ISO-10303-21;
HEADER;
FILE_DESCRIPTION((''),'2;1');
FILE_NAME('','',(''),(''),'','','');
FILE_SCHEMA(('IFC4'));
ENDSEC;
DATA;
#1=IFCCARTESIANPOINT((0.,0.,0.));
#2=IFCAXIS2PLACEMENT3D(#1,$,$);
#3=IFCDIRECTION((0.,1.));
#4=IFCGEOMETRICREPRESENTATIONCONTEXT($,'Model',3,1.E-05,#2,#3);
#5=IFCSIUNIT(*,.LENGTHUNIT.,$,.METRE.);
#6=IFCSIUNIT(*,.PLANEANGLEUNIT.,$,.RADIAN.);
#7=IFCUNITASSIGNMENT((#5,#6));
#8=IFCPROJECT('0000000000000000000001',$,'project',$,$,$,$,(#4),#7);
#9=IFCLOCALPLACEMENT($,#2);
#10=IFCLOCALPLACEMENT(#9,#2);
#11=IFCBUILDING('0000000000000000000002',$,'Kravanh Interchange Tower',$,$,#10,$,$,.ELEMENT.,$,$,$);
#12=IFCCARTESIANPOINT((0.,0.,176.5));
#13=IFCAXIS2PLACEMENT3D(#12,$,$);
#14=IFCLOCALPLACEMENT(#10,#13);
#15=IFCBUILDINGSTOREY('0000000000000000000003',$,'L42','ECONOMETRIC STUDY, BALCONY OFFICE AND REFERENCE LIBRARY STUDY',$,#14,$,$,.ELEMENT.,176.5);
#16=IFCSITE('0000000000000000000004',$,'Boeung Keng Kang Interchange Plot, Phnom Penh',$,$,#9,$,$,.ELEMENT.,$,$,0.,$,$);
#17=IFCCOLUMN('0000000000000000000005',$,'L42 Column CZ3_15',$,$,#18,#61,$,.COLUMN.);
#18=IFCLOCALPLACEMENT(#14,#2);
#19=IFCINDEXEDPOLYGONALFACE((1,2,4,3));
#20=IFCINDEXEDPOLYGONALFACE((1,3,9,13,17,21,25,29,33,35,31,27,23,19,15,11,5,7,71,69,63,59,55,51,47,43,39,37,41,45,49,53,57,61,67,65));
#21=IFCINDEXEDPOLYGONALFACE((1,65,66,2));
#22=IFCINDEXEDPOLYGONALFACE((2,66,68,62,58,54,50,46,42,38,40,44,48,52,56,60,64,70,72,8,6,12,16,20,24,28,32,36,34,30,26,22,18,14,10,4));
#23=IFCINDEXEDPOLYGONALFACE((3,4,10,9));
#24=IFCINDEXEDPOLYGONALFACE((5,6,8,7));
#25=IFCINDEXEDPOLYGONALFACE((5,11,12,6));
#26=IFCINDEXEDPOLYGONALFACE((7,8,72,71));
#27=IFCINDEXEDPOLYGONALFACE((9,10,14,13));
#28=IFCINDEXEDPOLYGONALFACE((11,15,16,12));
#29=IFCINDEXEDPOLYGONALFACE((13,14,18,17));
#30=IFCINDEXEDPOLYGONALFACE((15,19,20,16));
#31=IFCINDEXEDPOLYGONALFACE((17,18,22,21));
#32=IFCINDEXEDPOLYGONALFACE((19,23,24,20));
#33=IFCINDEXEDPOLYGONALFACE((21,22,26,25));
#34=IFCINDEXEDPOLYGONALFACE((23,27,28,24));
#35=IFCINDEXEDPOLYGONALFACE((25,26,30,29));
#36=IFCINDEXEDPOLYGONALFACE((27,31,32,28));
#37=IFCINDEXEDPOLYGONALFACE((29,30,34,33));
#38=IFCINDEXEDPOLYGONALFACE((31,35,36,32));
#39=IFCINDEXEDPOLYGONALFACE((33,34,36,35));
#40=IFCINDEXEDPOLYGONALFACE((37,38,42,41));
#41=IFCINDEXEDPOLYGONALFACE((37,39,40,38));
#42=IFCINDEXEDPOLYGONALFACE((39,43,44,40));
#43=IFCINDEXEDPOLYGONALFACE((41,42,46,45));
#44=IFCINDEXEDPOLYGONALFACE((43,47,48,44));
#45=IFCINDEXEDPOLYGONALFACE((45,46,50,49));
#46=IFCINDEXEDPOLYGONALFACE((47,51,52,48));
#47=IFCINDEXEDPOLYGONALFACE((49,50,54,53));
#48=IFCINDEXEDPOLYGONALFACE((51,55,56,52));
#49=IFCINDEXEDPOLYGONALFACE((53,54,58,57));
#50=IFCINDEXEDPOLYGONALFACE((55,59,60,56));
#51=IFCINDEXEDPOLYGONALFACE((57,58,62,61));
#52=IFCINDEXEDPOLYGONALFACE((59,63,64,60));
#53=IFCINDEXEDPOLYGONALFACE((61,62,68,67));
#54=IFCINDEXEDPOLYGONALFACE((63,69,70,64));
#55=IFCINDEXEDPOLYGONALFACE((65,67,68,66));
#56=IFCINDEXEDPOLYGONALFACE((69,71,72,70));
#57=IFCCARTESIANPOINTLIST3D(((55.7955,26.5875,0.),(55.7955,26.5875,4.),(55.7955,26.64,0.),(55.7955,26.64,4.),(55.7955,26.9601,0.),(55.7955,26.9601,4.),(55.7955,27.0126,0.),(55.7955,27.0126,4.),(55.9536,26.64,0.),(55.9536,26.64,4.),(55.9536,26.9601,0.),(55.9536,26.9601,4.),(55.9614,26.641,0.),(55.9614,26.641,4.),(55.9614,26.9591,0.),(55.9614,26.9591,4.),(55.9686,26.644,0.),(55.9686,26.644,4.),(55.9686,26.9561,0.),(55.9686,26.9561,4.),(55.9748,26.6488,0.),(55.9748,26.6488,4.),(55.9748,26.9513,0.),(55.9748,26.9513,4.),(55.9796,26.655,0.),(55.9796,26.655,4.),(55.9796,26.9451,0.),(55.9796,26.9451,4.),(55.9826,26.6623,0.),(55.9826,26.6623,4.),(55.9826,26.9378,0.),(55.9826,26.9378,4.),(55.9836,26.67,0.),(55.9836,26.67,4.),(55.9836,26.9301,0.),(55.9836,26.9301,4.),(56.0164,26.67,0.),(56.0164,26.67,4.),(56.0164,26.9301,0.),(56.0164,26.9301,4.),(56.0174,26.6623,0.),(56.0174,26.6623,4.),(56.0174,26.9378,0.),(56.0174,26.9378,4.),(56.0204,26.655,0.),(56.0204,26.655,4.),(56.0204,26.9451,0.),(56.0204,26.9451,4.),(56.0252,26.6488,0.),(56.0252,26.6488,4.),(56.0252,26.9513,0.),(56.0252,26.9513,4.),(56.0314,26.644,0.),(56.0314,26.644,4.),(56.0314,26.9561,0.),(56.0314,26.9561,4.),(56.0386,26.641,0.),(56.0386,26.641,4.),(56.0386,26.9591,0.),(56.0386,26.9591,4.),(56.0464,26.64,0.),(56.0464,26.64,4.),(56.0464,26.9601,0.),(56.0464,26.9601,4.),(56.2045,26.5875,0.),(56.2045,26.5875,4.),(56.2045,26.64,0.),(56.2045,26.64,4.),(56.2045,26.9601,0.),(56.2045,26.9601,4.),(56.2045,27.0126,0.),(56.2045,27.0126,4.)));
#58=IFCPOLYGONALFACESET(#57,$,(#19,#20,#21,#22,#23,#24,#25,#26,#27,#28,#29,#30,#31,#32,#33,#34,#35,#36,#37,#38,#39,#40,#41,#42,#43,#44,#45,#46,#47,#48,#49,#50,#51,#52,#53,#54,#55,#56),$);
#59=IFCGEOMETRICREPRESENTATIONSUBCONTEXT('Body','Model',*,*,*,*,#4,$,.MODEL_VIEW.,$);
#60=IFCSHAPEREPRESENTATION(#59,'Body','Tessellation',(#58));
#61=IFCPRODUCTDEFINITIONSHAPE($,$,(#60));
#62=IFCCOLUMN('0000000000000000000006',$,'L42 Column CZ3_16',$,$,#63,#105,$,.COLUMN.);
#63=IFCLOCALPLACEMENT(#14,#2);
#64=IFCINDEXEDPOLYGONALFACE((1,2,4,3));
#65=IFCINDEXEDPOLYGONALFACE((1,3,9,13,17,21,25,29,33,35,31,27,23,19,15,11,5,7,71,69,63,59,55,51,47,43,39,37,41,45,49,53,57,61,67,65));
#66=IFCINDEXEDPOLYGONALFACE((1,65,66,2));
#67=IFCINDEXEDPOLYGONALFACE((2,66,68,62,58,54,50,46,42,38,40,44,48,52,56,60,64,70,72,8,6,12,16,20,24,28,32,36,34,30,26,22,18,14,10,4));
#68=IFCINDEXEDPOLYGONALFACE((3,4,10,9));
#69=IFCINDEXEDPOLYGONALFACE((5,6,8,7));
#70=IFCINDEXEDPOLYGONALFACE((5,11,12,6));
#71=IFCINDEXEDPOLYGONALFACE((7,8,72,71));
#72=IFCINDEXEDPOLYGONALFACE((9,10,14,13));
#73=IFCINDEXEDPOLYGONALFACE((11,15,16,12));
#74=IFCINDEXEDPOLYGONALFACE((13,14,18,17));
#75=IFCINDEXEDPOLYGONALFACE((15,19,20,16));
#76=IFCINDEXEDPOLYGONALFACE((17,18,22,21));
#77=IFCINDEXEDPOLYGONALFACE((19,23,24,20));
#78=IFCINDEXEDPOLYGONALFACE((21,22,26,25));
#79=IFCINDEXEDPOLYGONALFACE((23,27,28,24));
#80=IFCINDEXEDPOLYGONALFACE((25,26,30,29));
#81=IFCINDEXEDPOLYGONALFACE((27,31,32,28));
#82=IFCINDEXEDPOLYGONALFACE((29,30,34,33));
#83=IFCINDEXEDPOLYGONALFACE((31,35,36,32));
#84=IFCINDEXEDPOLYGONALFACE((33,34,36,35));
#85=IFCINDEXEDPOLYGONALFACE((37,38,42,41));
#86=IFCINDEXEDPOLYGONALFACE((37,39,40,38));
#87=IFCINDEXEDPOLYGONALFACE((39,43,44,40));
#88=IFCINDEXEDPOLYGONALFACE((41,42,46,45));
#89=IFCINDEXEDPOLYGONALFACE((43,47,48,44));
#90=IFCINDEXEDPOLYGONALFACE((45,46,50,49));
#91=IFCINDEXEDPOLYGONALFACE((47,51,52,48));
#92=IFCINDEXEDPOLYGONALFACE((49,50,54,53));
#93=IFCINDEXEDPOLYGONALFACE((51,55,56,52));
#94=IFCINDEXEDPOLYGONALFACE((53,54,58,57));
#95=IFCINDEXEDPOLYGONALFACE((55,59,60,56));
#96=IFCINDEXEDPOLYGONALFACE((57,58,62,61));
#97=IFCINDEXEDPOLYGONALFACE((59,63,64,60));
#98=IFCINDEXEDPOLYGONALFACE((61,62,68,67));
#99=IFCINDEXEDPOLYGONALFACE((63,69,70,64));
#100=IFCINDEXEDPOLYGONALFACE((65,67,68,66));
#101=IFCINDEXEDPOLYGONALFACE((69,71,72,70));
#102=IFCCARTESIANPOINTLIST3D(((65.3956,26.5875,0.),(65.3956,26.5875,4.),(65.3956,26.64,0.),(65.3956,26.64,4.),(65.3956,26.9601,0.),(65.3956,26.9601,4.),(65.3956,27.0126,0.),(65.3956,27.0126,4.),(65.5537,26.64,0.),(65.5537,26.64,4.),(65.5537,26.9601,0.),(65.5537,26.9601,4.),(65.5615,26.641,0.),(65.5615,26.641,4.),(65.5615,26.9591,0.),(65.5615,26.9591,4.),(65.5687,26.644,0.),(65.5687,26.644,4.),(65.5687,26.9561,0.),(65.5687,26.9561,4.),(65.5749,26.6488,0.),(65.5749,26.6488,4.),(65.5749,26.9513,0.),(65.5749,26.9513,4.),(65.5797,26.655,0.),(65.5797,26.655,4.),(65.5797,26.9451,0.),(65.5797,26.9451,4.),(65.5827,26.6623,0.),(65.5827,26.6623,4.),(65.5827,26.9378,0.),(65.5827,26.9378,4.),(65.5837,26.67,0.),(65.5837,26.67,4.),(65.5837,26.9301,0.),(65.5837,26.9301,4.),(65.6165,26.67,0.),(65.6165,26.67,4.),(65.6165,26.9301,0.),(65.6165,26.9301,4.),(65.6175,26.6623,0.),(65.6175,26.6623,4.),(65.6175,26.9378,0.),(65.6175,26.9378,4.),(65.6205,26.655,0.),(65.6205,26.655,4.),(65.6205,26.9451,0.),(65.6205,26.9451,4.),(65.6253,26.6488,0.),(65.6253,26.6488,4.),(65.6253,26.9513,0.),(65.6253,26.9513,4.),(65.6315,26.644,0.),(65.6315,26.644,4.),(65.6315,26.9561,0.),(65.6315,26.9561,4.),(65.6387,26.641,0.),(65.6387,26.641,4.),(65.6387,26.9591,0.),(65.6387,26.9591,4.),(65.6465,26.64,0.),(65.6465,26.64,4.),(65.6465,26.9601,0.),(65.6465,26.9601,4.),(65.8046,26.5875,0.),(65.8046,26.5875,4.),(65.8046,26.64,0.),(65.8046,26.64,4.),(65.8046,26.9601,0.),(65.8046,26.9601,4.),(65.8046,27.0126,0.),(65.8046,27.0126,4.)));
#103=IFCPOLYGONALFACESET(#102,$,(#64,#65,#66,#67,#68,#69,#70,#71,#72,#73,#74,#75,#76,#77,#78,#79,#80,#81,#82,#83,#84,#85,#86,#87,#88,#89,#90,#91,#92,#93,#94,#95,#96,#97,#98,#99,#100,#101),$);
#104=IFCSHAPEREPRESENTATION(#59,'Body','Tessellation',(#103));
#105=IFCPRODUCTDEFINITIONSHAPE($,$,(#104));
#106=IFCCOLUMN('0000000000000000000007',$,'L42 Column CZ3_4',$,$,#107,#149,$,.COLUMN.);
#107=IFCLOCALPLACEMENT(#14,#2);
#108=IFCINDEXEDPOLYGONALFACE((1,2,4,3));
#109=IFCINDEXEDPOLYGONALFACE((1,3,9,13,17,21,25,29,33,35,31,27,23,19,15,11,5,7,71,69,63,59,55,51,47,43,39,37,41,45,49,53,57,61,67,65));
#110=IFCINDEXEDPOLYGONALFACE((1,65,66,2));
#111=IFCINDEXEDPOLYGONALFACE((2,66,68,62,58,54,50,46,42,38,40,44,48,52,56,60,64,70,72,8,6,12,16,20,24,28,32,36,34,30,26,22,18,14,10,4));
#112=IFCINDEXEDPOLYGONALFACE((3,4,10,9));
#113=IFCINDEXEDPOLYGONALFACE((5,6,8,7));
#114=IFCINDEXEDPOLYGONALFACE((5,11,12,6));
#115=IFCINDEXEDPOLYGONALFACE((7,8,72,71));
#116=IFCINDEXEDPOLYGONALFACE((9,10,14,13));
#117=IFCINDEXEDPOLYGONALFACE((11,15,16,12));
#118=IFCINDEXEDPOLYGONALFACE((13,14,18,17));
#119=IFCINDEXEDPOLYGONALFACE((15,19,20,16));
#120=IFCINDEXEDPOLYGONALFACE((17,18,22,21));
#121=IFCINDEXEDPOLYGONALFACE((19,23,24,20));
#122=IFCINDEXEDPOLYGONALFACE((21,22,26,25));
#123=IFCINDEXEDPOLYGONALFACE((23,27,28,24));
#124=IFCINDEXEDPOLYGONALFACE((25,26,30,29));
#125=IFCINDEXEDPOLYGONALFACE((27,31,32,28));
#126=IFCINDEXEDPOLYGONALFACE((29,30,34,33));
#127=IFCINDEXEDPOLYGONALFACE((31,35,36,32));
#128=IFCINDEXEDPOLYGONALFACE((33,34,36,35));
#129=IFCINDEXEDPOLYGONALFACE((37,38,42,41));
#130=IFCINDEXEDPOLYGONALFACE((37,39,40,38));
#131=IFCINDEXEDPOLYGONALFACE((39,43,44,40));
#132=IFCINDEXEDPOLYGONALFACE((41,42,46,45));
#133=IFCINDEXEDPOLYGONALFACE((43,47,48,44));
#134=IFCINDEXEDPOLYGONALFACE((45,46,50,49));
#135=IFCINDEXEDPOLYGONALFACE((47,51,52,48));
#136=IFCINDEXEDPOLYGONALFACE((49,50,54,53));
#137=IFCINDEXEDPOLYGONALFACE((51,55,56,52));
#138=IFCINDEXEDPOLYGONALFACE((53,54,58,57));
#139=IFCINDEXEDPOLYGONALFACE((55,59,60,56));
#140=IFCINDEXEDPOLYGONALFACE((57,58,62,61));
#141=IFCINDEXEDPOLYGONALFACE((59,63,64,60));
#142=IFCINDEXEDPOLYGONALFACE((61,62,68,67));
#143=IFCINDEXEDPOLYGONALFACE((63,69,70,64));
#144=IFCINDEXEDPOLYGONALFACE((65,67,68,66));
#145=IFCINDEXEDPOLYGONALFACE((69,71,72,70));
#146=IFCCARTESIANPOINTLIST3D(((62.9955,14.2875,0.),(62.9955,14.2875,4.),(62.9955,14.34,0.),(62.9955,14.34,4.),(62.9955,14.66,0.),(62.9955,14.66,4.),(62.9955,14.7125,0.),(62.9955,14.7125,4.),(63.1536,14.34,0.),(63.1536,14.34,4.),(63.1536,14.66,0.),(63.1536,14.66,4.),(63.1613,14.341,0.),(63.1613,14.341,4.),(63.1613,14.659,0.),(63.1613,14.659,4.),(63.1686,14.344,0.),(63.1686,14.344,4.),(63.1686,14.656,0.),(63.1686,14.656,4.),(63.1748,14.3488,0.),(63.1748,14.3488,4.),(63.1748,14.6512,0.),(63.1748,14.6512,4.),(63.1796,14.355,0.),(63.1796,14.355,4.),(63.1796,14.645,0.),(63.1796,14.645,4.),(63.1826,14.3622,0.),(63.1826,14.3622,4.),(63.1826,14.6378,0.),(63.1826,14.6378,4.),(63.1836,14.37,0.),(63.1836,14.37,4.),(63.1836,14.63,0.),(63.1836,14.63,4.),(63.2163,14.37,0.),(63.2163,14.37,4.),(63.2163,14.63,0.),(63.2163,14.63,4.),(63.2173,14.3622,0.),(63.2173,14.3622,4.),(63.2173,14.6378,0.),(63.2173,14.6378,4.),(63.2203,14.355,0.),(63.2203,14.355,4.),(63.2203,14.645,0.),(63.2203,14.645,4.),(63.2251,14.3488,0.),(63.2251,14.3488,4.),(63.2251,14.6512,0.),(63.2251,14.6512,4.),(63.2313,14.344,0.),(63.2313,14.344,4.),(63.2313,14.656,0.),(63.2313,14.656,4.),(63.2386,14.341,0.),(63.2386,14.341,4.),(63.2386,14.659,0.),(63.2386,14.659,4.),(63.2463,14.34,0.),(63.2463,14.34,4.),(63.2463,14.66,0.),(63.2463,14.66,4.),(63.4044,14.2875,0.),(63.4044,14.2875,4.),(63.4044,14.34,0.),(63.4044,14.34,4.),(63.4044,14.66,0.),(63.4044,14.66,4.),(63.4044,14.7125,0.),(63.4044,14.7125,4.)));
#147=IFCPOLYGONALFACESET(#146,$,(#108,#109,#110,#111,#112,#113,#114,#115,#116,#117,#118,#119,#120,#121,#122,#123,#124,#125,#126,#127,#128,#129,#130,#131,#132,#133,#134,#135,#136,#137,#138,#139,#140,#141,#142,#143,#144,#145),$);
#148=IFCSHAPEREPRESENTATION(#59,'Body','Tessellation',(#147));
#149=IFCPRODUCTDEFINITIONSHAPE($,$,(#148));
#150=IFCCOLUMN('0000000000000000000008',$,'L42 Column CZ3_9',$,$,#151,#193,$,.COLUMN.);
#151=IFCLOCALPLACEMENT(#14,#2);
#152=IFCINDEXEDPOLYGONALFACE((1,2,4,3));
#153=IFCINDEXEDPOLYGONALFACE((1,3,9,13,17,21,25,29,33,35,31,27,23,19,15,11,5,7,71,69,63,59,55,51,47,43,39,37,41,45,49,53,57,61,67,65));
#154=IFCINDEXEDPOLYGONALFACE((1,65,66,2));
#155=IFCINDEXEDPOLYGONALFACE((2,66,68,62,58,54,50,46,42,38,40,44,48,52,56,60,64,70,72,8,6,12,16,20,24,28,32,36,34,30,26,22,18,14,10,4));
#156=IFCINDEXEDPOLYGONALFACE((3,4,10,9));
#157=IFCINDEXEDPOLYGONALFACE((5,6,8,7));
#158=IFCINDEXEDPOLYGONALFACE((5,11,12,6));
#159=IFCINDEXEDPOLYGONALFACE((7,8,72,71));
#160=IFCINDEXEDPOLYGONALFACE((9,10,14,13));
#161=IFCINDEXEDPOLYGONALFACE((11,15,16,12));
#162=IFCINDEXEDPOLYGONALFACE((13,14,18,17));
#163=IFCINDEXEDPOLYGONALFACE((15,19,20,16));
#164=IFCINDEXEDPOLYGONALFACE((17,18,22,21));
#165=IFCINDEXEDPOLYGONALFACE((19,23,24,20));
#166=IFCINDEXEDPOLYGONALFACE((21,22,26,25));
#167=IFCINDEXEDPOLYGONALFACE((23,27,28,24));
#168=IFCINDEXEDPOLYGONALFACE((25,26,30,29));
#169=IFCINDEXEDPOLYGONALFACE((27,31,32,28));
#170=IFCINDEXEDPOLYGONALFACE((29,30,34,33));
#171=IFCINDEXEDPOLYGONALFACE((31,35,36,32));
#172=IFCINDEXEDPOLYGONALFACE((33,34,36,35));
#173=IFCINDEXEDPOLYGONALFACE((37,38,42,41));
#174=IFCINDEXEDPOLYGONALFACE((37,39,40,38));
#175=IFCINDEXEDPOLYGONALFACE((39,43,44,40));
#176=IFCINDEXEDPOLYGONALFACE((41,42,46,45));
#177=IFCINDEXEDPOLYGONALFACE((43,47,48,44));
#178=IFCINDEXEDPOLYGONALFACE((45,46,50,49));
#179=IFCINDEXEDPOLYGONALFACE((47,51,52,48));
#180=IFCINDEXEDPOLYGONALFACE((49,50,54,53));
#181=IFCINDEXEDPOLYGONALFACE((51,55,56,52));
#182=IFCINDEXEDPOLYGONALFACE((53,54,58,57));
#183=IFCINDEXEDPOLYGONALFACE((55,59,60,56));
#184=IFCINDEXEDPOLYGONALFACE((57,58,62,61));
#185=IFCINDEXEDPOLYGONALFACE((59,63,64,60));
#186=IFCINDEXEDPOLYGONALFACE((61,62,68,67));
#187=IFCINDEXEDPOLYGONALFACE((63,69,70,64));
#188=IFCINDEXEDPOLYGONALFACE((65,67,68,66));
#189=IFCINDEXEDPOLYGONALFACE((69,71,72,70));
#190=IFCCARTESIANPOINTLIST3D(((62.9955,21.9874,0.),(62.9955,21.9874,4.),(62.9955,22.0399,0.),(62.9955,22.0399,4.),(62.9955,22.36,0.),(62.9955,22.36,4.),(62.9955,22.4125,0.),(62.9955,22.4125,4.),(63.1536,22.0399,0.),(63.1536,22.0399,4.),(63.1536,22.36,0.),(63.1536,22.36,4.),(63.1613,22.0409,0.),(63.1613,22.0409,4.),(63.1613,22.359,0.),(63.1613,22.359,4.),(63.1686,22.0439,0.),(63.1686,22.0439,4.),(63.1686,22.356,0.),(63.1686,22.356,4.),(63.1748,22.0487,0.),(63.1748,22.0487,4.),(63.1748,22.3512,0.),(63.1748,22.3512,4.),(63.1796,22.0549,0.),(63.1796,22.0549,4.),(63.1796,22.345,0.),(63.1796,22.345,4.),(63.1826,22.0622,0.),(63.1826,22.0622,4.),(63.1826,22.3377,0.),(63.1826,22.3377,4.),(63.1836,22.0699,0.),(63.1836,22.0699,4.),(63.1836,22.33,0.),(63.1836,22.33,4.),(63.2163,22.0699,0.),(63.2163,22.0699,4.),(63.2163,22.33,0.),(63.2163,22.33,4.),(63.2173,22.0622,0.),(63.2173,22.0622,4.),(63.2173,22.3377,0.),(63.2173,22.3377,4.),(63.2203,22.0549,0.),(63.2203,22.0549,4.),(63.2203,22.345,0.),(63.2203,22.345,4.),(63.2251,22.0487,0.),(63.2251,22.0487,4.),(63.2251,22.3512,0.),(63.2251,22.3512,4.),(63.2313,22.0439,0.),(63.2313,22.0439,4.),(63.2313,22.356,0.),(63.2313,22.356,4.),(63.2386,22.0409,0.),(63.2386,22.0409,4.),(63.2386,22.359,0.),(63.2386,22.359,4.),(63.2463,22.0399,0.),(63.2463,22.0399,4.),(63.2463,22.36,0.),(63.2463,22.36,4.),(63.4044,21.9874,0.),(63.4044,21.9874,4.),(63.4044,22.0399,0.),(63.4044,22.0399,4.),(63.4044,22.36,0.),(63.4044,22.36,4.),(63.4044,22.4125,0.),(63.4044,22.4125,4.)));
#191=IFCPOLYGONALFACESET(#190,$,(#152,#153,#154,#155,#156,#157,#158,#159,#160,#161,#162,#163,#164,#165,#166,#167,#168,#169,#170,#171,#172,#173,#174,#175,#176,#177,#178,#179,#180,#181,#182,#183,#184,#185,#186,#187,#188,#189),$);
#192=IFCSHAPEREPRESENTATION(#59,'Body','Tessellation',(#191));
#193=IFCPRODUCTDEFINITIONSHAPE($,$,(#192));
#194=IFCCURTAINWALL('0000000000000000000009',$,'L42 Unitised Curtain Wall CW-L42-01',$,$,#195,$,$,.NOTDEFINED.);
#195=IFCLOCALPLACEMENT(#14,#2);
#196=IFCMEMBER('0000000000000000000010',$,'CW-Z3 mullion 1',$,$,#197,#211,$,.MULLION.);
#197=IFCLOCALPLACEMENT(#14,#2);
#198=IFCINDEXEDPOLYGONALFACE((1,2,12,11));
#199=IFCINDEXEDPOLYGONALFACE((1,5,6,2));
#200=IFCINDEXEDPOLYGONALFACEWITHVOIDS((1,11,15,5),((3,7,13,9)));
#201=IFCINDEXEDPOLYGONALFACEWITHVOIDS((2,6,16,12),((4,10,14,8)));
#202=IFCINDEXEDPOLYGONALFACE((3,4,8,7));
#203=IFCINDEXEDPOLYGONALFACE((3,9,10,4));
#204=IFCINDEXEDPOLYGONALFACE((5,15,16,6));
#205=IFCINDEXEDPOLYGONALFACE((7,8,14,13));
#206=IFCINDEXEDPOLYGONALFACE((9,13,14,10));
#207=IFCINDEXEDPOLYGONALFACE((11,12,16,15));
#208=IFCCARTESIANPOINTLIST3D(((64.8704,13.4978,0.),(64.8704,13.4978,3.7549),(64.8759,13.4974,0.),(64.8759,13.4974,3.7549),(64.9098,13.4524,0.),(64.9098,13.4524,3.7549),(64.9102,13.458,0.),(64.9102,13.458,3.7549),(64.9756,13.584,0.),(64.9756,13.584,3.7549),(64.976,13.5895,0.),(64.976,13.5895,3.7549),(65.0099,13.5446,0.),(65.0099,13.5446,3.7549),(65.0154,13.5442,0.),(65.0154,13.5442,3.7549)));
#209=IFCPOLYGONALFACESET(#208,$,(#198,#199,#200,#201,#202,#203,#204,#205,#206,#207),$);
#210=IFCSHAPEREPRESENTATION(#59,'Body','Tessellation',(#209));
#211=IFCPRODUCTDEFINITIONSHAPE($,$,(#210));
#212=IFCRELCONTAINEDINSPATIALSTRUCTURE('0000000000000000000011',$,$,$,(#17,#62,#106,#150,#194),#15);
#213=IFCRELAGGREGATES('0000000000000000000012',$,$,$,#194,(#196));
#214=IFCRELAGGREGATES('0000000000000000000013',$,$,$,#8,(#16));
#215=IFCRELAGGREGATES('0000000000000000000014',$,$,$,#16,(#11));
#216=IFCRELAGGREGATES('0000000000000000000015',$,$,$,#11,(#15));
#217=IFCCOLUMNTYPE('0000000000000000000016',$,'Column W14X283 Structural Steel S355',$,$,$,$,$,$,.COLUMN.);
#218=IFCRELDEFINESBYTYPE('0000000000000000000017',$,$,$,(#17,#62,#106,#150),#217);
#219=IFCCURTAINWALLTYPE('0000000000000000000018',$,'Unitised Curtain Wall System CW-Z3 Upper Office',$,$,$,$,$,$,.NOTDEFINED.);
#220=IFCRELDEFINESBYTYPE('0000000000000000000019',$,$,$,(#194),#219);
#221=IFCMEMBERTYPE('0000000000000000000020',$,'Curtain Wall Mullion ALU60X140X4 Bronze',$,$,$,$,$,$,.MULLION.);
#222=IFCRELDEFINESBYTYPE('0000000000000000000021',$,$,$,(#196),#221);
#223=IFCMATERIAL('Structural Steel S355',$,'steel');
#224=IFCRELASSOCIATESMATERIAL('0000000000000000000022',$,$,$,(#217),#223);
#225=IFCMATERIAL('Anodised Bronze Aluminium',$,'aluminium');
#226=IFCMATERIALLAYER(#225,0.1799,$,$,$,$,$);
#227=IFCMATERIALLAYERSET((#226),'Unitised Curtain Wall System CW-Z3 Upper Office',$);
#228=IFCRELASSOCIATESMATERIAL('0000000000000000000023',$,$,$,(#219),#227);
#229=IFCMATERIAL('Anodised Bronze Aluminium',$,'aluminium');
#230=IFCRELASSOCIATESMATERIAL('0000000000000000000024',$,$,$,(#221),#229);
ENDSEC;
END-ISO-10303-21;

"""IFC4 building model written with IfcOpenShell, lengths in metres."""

from ifc_helpers import new_model, si_unit, direction, frame, origin, origin_2d, place, context, subcontext, project, spatial, hollow_rectangle, i_section, extrude, material, layer, layer_set, material_profile, profile_set, type_object, element, aggregate, save


model = new_model("IFC4")

# Units and contexts
model_context = context("Model", 3, precision=1e-05, world=origin(), true_north=direction((0.0, 1.0)))
body_context = subcontext(model_context, "Body", "Model", "MODEL_VIEW")
ifc_project = project(units=[si_unit("LENGTHUNIT", "METRE"), si_unit("PLANEANGLEUNIT", "RADIAN")], contexts=[model_context])

# Site, building, storey
site_placement = place(None, origin())
site = spatial("IfcSite", under=ifc_project, at=site_placement, Name="Boeung Keng Kang Interchange Plot, Phnom Penh", CompositionType="ELEMENT", RefElevation=0.0)
building_placement = place(site_placement, origin())
building = spatial("IfcBuilding", under=site, at=building_placement, Name="Kravanh Interchange Tower", CompositionType="ELEMENT")
storey_placement = place(building_placement, frame((0.0, 0.0, 176.5)))
storey = spatial("IfcBuildingStorey", under=building, at=storey_placement, Name="L42", Description="ECONOMETRIC STUDY, BALCONY OFFICE AND REFERENCE LIBRARY STUDY", CompositionType="ELEMENT", Elevation=176.5)

# Columns
ifc_material_1 = material(Name="Structural Steel S355", Category="steel")
ifc_material_profile_1 = material_profile(ifc_material_1, i_section(OverallWidth=0.4089, OverallDepth=0.425, WebThickness=0.0327, FlangeThickness=0.0525, FilletRadius=0.03, at=origin_2d()), Name="W14X283")
ifc_profile_set_1 = profile_set([ifc_material_profile_1], Name="Structural Steel S355")
column_type = type_object("IfcColumnType", Name="Column W14X283 Structural Steel S355", PredefinedType="COLUMN", material=ifc_profile_set_1)
for number, where, z_axis, x_axis, name in (
    (1, (56.0, 26.8, 0.0), (0.0, 0.0, 1.0), (1.0, 0.0, 0.0), "L42 Column CZ3_15"),
    (2, (65.6001, 26.8, 0.0), (0.0, 0.0, 1.0), (1.0, 0.0, 0.0), "L42 Column CZ3_16"),
    (3, (63.2, 14.5, 0.0), (0.0, 0.0, 1.0), (1.0, 0.0, 0.0), "L42 Column CZ3_4"),
    (4, (63.2, 22.2, 0.0), (0.0, 0.0, 1.0), (1.0, 0.0, 0.0), "L42 Column CZ3_9"),
):
    element("IfcColumn", number, at=place(storey_placement, frame(where, z_axis=z_axis, x_axis=x_axis)), inside=storey, type_object=column_type, Name=name, PredefinedType="COLUMN", context=body_context, shape_type="SweptSolid", body=[
        extrude(i_section(OverallWidth=0.4089, OverallDepth=0.425, WebThickness=0.0327, FlangeThickness=0.0525, FilletRadius=0.03, at=origin_2d()), origin(), (0.0, 0.0, 1.0), 4.0),
    ])

# Curtain wall, member
ifc_material_2 = material(Name="Anodised Bronze Aluminium", Category="aluminium")
ifc_layer_1 = layer(ifc_material_2, 0.1799)
ifc_layer_set_1 = layer_set([ifc_layer_1], Name="Unitised Curtain Wall System CW-Z3 Upper Office")
curtain_wall_type = type_object("IfcCurtainWallType", Name="Unitised Curtain Wall System CW-Z3 Upper Office", PredefinedType="NOTDEFINED", material=ifc_layer_set_1)
curtain_wall_1_placement = place(storey_placement, origin())
curtain_wall_1 = element("IfcCurtainWall", 5, at=curtain_wall_1_placement, inside=storey, type_object=curtain_wall_type, Name="L42 Unitised Curtain Wall CW-L42-01", PredefinedType="NOTDEFINED")
ifc_material_3 = material(Name="Anodised Bronze Aluminium", Category="aluminium")
ifc_material_profile_2 = material_profile(ifc_material_3, hollow_rectangle(XDim=0.0601, YDim=0.1399, WallThickness=0.0039, at=origin_2d()), Name="ALU60X140X4")
ifc_profile_set_2 = profile_set([ifc_material_profile_2], Name="Anodised Bronze Aluminium")
member_type_1 = type_object("IfcMemberType", Name="Curtain Wall Mullion ALU60X140X4 Bronze", PredefinedType="MULLION", material=ifc_profile_set_2)
member_1_placement = place(storey_placement, frame((64.9429, 13.521, 0.0), z_axis=(0.0, 0.0, 1.0), x_axis=(0.656051, -0.754717, 0.0)))
member_1 = element("IfcMember", 6, at=member_1_placement, type_object=member_type_1, Name="CW-Z3 mullion 1", PredefinedType="MULLION", context=body_context, shape_type="SweptSolid", body=[
    extrude(hollow_rectangle(XDim=0.0601, YDim=0.1399, WallThickness=0.0039, at=origin_2d()), origin(), (0.0, 0.0, 1.0), 3.7549),
])

aggregate(curtain_wall_1, [member_1])

save(model, "model.ifc")
